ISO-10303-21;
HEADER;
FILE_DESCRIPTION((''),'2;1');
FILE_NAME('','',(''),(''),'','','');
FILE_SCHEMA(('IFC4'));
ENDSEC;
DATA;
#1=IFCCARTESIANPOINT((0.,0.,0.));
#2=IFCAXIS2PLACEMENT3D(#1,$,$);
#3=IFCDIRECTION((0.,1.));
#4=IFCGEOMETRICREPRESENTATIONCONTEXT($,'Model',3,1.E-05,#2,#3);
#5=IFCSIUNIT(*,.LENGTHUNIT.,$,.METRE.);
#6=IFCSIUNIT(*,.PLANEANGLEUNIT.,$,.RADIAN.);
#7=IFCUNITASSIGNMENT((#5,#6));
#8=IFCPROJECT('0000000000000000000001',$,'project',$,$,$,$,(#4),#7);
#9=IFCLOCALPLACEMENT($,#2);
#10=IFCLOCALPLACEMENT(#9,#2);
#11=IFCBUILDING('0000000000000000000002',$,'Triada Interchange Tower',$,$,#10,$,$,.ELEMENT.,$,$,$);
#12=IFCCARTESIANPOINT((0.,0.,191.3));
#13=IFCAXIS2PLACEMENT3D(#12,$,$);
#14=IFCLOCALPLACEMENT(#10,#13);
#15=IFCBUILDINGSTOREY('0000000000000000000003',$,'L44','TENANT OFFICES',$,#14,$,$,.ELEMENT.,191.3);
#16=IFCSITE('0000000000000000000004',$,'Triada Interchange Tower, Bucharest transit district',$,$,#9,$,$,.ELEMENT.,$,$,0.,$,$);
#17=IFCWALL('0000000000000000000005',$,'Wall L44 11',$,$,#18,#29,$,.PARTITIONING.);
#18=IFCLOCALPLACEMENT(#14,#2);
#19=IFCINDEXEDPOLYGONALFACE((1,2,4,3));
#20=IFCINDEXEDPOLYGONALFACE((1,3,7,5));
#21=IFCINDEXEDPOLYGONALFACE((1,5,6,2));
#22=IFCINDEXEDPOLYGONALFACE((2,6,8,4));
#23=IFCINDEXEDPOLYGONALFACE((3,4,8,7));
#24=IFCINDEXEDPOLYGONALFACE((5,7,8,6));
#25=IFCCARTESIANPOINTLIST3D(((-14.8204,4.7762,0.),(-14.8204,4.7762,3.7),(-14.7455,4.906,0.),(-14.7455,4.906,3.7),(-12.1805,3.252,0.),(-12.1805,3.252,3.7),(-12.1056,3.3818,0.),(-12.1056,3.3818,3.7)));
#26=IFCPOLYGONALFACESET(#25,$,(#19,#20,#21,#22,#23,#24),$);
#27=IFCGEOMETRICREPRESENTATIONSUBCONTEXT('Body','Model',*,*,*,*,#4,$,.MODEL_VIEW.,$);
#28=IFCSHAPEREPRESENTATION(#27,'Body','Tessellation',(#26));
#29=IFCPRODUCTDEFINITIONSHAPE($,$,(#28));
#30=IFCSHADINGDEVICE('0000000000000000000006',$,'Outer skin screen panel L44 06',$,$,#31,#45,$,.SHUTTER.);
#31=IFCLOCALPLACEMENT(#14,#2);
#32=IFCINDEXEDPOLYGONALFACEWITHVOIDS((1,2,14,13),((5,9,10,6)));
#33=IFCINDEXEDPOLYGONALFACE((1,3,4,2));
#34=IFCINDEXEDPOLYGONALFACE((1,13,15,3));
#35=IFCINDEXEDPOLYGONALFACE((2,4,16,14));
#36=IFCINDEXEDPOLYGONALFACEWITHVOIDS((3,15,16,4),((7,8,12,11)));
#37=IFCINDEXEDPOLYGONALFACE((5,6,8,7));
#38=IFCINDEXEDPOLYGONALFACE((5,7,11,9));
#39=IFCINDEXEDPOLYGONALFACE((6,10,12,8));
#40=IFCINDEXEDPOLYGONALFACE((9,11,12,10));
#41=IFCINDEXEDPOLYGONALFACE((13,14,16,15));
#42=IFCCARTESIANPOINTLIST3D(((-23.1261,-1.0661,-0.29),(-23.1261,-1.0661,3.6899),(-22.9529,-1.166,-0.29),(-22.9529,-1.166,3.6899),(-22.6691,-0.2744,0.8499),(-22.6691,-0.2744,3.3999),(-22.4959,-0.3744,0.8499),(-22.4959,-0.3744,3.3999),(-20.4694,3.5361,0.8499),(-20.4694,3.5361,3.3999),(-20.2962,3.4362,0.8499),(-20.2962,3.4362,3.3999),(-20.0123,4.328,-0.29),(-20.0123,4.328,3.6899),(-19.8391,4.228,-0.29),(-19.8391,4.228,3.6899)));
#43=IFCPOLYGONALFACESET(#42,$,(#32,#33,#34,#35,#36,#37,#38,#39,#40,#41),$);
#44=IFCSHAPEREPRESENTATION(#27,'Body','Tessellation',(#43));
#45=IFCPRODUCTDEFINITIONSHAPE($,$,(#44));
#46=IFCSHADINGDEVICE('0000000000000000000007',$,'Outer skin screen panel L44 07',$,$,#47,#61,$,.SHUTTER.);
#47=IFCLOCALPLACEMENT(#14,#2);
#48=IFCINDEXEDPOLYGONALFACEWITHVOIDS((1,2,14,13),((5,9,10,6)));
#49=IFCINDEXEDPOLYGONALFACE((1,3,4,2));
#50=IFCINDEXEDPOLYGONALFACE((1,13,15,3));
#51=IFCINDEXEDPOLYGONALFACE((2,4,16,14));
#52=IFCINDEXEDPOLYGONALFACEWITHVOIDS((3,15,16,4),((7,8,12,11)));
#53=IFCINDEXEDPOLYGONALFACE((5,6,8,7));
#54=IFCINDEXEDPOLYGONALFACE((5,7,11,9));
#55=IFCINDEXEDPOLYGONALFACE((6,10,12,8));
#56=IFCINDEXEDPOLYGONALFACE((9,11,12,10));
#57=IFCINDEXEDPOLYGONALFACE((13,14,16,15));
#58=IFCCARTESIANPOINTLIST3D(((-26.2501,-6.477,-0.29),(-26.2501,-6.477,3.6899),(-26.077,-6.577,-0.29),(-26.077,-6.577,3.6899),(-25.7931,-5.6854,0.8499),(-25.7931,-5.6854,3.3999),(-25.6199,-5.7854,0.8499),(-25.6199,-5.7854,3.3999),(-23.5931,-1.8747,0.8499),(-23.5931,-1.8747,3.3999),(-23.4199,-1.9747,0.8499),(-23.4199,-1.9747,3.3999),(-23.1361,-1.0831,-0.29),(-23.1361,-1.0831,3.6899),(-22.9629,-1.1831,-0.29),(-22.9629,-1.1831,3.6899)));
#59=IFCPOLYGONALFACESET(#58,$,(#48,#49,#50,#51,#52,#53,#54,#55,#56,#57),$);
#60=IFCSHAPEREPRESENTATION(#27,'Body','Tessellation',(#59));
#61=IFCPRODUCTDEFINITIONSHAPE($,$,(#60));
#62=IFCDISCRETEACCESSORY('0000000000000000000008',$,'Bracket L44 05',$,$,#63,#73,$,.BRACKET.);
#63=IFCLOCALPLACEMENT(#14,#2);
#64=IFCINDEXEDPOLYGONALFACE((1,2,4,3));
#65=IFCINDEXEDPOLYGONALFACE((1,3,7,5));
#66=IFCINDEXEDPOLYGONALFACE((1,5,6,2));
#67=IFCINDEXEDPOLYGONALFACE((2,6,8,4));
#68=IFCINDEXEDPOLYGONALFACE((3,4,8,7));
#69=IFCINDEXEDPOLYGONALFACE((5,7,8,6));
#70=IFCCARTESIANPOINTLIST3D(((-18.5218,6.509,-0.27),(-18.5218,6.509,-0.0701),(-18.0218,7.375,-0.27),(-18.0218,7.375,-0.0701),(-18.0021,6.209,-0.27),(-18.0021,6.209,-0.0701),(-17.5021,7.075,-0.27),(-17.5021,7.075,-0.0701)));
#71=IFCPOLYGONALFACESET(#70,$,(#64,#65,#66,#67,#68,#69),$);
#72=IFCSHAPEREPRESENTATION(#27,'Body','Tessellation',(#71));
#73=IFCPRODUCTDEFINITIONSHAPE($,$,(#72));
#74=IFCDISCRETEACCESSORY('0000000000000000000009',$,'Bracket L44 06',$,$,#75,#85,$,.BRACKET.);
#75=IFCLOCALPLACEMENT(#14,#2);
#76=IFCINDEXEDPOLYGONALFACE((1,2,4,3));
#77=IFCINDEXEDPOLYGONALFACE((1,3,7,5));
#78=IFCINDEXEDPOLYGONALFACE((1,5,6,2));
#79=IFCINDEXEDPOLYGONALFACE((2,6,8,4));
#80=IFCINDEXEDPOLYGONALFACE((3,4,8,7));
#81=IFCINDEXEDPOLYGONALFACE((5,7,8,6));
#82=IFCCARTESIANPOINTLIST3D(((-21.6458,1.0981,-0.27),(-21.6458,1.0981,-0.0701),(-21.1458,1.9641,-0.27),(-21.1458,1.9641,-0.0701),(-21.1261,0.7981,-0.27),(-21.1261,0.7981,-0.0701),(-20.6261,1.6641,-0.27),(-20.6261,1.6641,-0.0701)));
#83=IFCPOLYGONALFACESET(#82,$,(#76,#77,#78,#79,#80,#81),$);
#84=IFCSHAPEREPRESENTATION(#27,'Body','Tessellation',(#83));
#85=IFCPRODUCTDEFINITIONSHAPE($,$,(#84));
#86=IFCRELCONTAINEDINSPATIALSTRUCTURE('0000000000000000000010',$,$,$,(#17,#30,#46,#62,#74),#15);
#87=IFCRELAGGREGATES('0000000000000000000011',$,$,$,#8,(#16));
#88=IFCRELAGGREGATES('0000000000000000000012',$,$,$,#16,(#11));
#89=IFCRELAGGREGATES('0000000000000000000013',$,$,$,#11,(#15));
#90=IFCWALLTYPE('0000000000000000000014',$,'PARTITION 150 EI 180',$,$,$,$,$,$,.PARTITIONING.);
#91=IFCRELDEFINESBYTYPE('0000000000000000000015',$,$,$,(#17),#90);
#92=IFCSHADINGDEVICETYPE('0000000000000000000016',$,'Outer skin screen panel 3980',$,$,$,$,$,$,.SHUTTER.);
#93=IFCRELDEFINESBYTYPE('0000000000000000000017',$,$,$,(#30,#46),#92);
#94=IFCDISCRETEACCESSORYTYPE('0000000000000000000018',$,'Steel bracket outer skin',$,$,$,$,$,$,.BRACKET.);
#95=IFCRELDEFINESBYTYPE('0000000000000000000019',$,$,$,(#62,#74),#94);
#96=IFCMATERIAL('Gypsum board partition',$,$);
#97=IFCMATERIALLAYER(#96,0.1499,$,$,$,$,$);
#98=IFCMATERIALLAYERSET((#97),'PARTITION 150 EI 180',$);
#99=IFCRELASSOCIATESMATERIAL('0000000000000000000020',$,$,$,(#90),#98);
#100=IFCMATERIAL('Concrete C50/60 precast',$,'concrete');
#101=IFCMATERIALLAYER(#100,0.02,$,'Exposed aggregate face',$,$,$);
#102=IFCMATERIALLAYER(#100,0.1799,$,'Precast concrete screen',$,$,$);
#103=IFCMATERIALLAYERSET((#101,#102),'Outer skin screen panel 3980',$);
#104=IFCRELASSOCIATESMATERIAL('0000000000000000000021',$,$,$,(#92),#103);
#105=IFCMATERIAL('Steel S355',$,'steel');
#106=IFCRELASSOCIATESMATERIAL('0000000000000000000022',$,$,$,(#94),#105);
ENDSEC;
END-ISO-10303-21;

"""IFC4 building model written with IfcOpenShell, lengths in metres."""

from ifc_helpers import new_model, si_unit, direction, frame, frame_2d, origin, origin_2d, place, context, subcontext, project, spatial, polyline, rectangle, outline, extrude, material, layer, layer_set, type_object, element, save


model = new_model("IFC4")

# Units and contexts
model_context = context("Model", 3, precision=1e-05, world=origin(), true_north=direction((0.0, 1.0)))
body_context = subcontext(model_context, "Body", "Model", "MODEL_VIEW")
ifc_project = project(units=[si_unit("LENGTHUNIT", "METRE"), si_unit("PLANEANGLEUNIT", "RADIAN")], contexts=[model_context])

# Site, building, storey
site_placement = place(None, origin())
site = spatial("IfcSite", under=ifc_project, at=site_placement, Name="Triada Interchange Tower, Bucharest transit district", CompositionType="ELEMENT", RefElevation=0.0)
building_placement = place(site_placement, origin())
building = spatial("IfcBuilding", under=site, at=building_placement, Name="Triada Interchange Tower", CompositionType="ELEMENT")
storey_placement = place(building_placement, frame((0.0, 0.0, 191.3)))
storey = spatial("IfcBuildingStorey", under=building, at=storey_placement, Name="L44", Description="TENANT OFFICES", CompositionType="ELEMENT", Elevation=191.3)

# Wall
ifc_material_1 = material(Name="Gypsum board partition")
ifc_layer_1 = layer(ifc_material_1, 0.1499)
ifc_layer_set_1 = layer_set([ifc_layer_1], Name="PARTITION 150 EI 180")
wall_type_1 = type_object("IfcWallType", Name="PARTITION 150 EI 180", PredefinedType="PARTITIONING", material=ifc_layer_set_1)
wall_1_placement = place(storey_placement, frame((-14.783, 4.8411, 0.0), z_axis=(0.0, 0.0, 1.0), x_axis=(0.866022, -0.500007, 0.0)))
element("IfcWall", 1, at=wall_1_placement, inside=storey, type_object=wall_type_1, Name="Wall L44 11", PredefinedType="PARTITIONING", context=body_context, shape_type="SweptSolid", body=[
    extrude(rectangle(XDim=3.0483, YDim=0.1499, at=frame_2d((1.5242, 0.0))), origin(), (0.0, 0.0, 1.0), 3.7),
])

# Shading devices
ifc_material_2 = material(Name="Concrete C50/60 precast", Category="concrete")
ifc_layer_2 = layer(ifc_material_2, 0.02, Name="Exposed aggregate face")
ifc_layer_3 = layer(ifc_material_2, 0.1799, Name="Precast concrete screen")
ifc_layer_set_2 = layer_set([ifc_layer_2, ifc_layer_3], Name="Outer skin screen panel 3980")
shading_device_type = type_object("IfcShadingDeviceType", Name="Outer skin screen panel 3980", PredefinedType="SHUTTER", material=ifc_layer_set_2)
shading_device_1_placement = place(storey_placement, frame((-19.8391, 4.228, -0.29), z_axis=(0.0, 0.0, 1.0), x_axis=(-0.499942, -0.866059, 0.0)))
element("IfcShadingDevice", 2, at=shading_device_1_placement, inside=storey, type_object=shading_device_type, Name="Outer skin screen panel L44 06", PredefinedType="SHUTTER", context=body_context, shape_type="SweptSolid", body=[
    extrude(outline(polyline([(0.0, 0.0), (6.2283, 0.0), (6.2283, 3.98), (0.0, 3.98), (0.0, 0.0)]), holes=[polyline([(0.9143, 1.1399), (0.9143, 3.6899), (5.3142, 3.6899), (5.3142, 1.1399), (0.9143, 1.1399)])]), frame((0.0, 0.0, 0.0), z_axis=(0.0, -1.0, 0.0), x_axis=(1.0, 0.0, 0.0)), (0.0, 0.0, 1.0), 0.2),
])
shading_device_2_placement = place(storey_placement, frame((-22.9629, -1.1831, -0.29), z_axis=(0.0, 0.0, 1.0), x_axis=(-0.499988, -0.866032, 0.0)))
element("IfcShadingDevice", 3, at=shading_device_2_placement, inside=storey, type_object=shading_device_type, Name="Outer skin screen panel L44 07", PredefinedType="SHUTTER", context=body_context, shape_type="SweptSolid", body=[
    extrude(outline(polyline([(0.0, 0.0), (6.2283, 0.0), (6.2283, 3.98), (0.0, 3.98), (0.0, 0.0)]), holes=[polyline([(0.9141, 1.1399), (0.9141, 3.6899), (5.3142, 3.6899), (5.3142, 1.1399), (0.9141, 1.1399)])]), frame((0.0, 0.0, 0.0), z_axis=(0.0, -1.0, 0.0), x_axis=(1.0, 0.0, 0.0)), (0.0, 0.0, 1.0), 0.2),
])

# Discrete accessories
ifc_material_3 = material(Name="Steel S355", Category="steel")
discrete_accessory_type = type_object("IfcDiscreteAccessoryType", Name="Steel bracket outer skin", PredefinedType="BRACKET", material=ifc_material_3)
for number, where, z_axis, x_axis, name in (
    (4, (-18.012, 6.792, -0.27), (0.0, 0.0, 1.0), (-0.866023, 0.500003, 0.0), "Bracket L44 05"),
    (5, (-21.136, 1.3811, -0.27), (0.0, 0.0, 1.0), (-0.866023, 0.500003, 0.0), "Bracket L44 06"),
):
    element("IfcDiscreteAccessory", number, at=place(storey_placement, frame(where, z_axis=z_axis, x_axis=x_axis)), inside=storey, type_object=discrete_accessory_type, Name=name, PredefinedType="BRACKET", context=body_context, shape_type="SweptSolid", body=[
        extrude(rectangle(XDim=0.6001, YDim=1.0, at=origin_2d()), origin(), (0.0, 0.0, 1.0), 0.2),
    ])

save(model, "model.ifc")
